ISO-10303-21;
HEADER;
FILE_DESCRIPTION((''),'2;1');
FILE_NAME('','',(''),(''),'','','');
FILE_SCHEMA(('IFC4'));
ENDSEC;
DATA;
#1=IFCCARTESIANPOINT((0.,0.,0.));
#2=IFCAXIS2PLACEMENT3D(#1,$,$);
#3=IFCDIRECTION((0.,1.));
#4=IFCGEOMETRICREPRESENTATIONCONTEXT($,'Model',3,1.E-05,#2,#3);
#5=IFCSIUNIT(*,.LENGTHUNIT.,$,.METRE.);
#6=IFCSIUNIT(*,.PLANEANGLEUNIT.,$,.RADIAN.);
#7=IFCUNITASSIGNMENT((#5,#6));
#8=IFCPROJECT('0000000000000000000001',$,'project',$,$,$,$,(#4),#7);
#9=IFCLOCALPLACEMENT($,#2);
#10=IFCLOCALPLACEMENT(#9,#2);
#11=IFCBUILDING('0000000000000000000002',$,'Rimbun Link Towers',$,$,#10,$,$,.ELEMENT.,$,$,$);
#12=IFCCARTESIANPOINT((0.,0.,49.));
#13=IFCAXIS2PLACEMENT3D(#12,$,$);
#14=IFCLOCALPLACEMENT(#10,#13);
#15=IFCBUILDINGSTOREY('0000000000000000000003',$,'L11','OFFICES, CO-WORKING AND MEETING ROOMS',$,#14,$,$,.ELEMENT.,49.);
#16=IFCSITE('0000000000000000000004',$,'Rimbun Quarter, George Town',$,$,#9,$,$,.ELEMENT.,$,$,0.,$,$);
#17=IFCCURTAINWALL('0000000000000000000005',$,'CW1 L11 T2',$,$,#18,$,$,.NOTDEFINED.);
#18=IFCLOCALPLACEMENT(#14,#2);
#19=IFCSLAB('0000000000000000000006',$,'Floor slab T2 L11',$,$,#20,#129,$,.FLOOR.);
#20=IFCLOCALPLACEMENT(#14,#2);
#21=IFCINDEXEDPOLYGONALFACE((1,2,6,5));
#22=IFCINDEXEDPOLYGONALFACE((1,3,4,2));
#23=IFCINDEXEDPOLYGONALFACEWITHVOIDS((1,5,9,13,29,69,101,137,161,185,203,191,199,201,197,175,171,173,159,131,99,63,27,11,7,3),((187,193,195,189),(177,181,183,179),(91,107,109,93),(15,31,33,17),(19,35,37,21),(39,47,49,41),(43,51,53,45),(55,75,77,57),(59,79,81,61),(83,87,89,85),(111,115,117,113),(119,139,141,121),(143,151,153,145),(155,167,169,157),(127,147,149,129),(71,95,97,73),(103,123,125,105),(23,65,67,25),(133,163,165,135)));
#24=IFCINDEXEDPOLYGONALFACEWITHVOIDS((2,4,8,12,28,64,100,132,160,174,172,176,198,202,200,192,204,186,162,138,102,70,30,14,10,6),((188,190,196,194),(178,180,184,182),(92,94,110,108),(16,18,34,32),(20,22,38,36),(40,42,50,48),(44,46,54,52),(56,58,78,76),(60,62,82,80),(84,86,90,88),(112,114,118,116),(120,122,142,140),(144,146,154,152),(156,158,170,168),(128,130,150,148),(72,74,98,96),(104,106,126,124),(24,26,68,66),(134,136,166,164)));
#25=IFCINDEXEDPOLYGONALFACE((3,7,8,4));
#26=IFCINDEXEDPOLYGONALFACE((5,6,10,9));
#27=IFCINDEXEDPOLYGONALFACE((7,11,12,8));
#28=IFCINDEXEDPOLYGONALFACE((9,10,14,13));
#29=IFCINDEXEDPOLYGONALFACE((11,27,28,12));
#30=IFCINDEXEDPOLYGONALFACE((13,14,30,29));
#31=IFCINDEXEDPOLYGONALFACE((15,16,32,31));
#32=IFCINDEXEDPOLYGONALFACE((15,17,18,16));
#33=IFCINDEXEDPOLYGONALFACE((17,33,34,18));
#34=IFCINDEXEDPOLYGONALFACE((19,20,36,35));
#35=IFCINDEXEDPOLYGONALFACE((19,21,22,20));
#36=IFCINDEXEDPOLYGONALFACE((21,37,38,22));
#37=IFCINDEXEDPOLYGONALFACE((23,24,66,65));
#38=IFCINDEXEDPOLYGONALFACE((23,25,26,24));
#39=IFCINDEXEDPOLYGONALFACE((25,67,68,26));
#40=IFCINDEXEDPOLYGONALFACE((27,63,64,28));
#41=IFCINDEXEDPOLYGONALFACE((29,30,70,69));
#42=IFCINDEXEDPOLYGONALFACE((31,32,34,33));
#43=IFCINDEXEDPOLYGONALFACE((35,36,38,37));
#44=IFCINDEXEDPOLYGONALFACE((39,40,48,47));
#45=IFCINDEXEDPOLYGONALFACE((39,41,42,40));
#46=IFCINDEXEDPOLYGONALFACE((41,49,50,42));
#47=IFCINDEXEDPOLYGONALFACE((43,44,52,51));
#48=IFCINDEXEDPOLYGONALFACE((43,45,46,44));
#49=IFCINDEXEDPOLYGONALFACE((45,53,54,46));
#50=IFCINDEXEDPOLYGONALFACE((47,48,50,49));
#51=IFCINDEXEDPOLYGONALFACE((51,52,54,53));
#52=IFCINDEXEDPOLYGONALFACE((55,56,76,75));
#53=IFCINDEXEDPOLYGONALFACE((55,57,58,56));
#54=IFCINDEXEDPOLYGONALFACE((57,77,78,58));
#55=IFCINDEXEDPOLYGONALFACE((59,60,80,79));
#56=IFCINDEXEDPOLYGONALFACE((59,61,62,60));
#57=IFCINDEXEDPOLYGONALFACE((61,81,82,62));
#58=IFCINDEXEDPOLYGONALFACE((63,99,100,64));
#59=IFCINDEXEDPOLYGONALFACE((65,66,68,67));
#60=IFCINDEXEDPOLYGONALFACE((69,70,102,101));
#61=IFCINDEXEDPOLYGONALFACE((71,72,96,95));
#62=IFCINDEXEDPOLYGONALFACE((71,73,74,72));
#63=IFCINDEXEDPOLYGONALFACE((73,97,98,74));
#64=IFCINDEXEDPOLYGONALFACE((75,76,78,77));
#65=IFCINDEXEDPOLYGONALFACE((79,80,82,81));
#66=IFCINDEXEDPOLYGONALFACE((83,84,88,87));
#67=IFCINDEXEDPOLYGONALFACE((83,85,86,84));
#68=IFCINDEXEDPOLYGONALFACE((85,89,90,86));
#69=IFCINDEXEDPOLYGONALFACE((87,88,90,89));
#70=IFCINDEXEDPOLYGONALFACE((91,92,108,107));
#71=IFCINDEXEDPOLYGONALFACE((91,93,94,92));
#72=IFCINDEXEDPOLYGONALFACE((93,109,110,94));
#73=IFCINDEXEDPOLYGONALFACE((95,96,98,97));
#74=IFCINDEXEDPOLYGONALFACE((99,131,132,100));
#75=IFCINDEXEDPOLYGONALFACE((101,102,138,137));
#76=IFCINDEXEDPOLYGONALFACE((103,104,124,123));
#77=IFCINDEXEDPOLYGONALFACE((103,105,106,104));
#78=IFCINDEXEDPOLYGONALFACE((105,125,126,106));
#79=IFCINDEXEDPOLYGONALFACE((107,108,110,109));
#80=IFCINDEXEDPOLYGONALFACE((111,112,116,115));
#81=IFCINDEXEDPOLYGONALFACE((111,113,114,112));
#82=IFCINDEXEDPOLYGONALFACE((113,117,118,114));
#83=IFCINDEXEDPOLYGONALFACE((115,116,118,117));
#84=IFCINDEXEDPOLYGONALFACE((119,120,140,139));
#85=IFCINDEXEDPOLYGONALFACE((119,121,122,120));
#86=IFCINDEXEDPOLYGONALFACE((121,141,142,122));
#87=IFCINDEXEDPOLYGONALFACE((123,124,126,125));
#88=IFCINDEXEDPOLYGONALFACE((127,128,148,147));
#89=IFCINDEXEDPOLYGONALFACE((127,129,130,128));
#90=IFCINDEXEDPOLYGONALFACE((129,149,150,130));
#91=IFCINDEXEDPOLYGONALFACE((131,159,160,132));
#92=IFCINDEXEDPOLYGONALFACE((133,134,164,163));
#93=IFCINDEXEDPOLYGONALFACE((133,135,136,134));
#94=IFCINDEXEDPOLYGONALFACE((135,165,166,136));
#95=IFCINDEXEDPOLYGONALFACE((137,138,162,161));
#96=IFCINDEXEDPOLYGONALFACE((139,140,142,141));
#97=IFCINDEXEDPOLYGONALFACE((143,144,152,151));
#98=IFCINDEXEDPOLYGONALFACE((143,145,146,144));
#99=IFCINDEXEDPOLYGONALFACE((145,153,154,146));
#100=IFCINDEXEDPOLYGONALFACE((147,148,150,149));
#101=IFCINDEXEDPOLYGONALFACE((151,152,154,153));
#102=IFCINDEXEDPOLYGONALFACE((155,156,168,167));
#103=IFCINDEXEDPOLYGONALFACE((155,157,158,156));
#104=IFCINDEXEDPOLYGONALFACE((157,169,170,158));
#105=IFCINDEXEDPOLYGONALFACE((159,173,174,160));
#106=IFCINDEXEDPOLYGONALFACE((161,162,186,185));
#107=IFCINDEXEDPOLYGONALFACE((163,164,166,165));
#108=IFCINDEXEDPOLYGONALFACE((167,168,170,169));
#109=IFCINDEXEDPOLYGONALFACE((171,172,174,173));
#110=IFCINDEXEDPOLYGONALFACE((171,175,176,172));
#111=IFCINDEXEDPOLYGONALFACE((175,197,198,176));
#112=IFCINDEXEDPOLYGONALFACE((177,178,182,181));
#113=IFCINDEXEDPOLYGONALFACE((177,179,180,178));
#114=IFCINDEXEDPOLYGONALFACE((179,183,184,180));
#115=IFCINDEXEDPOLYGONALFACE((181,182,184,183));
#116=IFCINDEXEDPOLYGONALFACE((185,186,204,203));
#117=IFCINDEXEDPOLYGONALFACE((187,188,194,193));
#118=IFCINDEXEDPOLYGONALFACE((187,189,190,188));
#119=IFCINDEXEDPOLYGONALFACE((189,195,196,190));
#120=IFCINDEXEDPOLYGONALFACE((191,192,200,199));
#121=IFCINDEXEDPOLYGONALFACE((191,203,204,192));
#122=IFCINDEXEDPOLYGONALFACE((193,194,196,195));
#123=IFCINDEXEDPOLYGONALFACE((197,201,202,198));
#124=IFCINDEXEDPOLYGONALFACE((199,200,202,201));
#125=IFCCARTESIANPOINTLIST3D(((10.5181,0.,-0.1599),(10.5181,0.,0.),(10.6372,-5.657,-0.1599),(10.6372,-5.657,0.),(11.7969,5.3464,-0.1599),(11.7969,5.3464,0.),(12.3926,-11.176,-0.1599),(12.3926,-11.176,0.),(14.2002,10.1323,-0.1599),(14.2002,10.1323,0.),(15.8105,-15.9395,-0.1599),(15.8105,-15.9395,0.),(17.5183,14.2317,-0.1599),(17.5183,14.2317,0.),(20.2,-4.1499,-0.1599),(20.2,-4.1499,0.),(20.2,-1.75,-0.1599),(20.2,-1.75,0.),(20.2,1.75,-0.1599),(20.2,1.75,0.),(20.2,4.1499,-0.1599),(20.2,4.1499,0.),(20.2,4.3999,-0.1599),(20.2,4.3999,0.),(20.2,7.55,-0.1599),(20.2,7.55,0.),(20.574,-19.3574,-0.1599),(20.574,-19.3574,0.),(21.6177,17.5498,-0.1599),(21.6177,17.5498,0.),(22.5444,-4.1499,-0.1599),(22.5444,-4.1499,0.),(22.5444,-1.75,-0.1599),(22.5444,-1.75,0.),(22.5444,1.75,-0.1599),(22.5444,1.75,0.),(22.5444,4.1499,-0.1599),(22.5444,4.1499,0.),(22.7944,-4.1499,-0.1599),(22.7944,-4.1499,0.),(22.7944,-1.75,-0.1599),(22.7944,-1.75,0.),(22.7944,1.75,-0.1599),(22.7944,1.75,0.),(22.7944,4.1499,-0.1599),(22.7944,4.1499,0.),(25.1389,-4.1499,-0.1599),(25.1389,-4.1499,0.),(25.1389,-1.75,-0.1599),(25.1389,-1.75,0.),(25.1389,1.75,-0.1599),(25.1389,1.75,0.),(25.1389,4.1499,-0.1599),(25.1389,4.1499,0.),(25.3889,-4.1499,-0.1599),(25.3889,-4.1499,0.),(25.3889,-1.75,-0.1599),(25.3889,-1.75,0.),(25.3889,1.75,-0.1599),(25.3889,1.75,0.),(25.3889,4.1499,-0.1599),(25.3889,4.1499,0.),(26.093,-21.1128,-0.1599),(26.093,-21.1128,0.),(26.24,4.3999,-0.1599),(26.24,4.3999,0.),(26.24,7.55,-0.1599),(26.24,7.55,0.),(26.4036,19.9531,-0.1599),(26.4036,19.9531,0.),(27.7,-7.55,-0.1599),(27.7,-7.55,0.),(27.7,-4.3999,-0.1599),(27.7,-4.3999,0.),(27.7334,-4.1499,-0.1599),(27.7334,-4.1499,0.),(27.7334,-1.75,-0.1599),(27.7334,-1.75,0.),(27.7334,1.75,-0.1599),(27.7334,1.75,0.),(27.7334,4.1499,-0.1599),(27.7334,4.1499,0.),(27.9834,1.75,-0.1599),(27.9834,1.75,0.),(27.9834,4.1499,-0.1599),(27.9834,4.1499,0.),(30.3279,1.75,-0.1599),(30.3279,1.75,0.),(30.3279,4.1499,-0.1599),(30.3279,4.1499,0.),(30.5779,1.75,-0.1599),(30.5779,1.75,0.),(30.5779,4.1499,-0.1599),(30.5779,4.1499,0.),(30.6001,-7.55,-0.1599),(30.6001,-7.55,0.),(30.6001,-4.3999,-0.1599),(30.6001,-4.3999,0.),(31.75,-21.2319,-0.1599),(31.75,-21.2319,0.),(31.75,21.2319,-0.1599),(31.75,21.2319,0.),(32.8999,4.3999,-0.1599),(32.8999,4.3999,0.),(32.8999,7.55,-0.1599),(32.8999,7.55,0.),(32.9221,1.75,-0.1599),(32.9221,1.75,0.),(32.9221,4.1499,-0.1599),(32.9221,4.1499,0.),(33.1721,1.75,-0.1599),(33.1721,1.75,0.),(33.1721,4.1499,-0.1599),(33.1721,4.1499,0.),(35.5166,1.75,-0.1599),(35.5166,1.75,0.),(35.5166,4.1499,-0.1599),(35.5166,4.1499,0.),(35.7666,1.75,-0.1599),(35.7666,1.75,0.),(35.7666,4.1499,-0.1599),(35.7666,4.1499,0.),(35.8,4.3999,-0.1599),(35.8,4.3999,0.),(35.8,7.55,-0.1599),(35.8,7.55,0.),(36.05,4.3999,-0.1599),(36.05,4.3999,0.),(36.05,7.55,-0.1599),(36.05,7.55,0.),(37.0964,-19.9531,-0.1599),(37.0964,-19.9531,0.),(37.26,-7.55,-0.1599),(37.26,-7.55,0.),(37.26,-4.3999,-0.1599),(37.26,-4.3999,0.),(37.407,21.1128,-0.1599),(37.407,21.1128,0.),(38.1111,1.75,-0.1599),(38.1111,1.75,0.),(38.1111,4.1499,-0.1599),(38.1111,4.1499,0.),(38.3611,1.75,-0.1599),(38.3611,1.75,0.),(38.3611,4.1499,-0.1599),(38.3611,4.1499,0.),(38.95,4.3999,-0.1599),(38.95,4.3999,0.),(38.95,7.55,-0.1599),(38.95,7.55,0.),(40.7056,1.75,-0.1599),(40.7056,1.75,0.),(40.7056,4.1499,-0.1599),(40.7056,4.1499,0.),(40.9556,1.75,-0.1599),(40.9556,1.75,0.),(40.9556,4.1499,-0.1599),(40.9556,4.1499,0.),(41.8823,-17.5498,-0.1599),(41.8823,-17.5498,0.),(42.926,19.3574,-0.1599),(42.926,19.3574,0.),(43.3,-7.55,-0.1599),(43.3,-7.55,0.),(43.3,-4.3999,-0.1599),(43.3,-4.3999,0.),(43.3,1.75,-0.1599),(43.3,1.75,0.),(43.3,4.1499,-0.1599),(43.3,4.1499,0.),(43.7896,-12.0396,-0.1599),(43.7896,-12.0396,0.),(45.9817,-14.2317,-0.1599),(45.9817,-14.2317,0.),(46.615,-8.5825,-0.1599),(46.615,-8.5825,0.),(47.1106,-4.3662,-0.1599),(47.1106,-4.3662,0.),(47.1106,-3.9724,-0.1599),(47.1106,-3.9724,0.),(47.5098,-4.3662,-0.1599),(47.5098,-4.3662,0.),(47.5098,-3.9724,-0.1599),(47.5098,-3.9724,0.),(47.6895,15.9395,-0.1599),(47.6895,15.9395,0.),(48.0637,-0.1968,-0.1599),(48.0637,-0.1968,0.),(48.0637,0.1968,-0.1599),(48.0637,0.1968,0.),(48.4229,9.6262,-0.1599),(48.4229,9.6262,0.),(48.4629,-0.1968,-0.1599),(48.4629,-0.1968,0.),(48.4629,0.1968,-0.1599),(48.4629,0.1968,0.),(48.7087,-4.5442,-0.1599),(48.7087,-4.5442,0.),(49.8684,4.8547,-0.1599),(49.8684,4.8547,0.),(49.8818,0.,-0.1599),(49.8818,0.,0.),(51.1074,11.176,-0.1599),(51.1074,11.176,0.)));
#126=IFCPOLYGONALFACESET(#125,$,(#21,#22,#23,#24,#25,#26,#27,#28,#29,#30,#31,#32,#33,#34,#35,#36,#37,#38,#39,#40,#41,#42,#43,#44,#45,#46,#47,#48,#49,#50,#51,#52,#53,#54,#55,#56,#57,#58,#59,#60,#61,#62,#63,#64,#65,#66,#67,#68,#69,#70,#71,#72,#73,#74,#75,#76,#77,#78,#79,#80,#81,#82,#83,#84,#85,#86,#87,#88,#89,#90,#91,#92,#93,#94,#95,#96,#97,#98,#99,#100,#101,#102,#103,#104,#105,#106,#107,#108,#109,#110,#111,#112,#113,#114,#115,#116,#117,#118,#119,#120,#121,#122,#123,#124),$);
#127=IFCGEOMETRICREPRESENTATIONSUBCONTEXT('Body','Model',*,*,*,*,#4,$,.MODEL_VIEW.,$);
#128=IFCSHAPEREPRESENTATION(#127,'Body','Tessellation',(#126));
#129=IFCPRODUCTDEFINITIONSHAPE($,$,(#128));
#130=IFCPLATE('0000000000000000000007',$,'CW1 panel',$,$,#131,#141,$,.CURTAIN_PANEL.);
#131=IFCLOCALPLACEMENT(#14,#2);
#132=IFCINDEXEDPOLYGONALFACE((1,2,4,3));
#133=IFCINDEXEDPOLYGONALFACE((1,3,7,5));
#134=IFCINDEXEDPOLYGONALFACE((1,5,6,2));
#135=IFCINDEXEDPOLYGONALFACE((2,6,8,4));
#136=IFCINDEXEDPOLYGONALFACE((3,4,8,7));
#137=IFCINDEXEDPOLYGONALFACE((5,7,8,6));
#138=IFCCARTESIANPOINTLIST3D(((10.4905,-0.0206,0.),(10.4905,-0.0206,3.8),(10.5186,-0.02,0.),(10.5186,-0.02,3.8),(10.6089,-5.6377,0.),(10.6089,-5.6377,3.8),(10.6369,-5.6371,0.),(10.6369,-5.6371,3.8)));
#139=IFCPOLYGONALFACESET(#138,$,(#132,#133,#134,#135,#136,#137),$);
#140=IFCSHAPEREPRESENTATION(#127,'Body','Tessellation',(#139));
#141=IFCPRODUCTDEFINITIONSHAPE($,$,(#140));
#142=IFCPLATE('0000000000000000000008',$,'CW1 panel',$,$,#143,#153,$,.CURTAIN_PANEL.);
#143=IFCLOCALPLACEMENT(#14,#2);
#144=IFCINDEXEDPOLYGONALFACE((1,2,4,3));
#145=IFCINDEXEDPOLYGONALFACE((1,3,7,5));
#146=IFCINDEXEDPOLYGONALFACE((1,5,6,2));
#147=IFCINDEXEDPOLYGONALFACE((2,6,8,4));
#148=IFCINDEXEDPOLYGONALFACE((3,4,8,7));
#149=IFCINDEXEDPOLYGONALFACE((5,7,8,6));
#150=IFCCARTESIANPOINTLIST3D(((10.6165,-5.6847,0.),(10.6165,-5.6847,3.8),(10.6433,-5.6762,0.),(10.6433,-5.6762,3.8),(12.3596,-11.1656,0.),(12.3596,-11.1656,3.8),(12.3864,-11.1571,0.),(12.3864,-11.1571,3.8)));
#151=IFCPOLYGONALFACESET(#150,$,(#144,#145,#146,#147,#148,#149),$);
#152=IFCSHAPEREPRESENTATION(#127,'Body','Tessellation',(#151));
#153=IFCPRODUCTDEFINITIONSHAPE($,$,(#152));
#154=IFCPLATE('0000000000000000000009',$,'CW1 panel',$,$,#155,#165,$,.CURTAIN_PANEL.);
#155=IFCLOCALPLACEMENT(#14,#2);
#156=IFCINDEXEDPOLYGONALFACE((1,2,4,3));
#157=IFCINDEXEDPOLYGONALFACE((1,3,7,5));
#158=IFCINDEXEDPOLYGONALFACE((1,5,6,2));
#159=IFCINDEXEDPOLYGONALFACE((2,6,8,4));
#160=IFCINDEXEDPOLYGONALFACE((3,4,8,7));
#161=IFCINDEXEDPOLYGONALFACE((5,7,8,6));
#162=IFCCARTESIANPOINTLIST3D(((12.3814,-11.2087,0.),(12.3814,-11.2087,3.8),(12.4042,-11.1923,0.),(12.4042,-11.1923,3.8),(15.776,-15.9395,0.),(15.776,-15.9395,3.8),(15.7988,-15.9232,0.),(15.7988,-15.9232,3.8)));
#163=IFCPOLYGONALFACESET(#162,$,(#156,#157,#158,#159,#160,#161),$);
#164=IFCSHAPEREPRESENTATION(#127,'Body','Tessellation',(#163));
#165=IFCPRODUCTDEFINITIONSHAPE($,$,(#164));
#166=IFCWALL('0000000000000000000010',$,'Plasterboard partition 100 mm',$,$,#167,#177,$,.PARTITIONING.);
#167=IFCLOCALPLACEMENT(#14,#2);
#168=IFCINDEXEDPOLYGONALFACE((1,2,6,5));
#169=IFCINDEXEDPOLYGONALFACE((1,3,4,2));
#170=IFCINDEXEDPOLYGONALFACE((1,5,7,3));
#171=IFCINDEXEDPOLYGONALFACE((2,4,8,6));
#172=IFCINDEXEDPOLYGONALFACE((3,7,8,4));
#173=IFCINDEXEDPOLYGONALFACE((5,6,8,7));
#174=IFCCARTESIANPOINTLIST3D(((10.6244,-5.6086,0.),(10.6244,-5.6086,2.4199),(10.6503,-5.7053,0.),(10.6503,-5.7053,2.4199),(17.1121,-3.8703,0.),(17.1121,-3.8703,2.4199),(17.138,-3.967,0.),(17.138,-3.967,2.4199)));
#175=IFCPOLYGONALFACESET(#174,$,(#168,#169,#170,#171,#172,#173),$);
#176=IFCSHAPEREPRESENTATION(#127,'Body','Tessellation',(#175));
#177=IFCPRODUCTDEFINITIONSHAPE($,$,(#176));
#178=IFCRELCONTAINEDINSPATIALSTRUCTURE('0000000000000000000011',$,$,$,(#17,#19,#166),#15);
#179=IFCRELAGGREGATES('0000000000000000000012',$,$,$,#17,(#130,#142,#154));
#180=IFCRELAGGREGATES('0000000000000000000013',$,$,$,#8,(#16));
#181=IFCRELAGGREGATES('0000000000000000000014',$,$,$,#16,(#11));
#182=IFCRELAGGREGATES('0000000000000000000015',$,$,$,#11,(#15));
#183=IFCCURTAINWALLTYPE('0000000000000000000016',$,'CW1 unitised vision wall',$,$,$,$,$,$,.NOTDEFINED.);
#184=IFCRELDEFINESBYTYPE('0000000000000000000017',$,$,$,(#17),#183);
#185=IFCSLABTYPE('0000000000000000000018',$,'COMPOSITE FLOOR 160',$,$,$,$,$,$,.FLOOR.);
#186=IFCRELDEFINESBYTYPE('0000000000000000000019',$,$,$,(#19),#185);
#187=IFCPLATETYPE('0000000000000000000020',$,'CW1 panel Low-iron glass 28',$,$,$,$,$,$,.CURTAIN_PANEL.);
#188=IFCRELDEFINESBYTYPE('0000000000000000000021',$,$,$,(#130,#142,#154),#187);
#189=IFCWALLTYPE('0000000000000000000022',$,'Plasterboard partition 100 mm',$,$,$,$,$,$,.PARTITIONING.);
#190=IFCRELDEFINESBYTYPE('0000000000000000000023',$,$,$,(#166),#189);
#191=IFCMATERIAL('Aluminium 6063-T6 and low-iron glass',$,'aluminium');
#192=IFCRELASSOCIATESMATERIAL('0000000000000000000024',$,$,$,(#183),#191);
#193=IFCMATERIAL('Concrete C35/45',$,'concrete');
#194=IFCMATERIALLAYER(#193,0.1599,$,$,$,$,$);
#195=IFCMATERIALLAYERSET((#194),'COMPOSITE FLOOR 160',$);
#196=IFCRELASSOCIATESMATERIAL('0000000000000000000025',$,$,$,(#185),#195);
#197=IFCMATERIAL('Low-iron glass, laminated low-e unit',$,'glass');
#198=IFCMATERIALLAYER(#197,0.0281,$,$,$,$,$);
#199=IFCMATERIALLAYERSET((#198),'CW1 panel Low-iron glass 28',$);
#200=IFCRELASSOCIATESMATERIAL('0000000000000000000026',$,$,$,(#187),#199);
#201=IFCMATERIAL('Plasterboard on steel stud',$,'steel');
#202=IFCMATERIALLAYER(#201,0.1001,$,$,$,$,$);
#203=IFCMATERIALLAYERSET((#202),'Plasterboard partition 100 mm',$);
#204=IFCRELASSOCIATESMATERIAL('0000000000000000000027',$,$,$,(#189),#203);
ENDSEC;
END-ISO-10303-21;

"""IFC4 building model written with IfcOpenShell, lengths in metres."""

from ifc_helpers import new_model, si_unit, direction, frame, frame_2d, origin, origin_2d, place, context, subcontext, project, spatial, polyline, rectangle, outline, extrude, material, layer, layer_set, type_object, element, aggregate, save


model = new_model("IFC4")

# Units and contexts
model_context = context("Model", 3, precision=1e-05, world=origin(), true_north=direction((0.0, 1.0)))
body_context = subcontext(model_context, "Body", "Model", "MODEL_VIEW")
ifc_project = project(units=[si_unit("LENGTHUNIT", "METRE"), si_unit("PLANEANGLEUNIT", "RADIAN")], contexts=[model_context])

# Site, building, storey
site_placement = place(None, origin())
site = spatial("IfcSite", under=ifc_project, at=site_placement, Name="Rimbun Quarter, George Town", CompositionType="ELEMENT", RefElevation=0.0)
building_placement = place(site_placement, origin())
building = spatial("IfcBuilding", under=site, at=building_placement, Name="Rimbun Link Towers", CompositionType="ELEMENT")
storey_placement = place(building_placement, frame((0.0, 0.0, 49.0)))
storey = spatial("IfcBuildingStorey", under=building, at=storey_placement, Name="L11", Description="OFFICES, CO-WORKING AND MEETING ROOMS", CompositionType="ELEMENT", Elevation=49.0)

# Curtain wall
ifc_material_1 = material(Name="Aluminium 6063-T6 and low-iron glass", Category="aluminium")
curtain_wall_type = type_object("IfcCurtainWallType", Name="CW1 unitised vision wall", PredefinedType="NOTDEFINED", material=ifc_material_1)
curtain_wall_placement = place(storey_placement, origin())
curtain_wall = element("IfcCurtainWall", 1, at=curtain_wall_placement, inside=storey, type_object=curtain_wall_type, Name="CW1 L11 T2", PredefinedType="NOTDEFINED")

# Slab
ifc_material_2 = material(Name="Concrete C35/45", Category="concrete")
ifc_layer_1 = layer(ifc_material_2, 0.1599)
ifc_layer_set_1 = layer_set([ifc_layer_1], Name="COMPOSITE FLOOR 160")
slab_type = type_object("IfcSlabType", Name="COMPOSITE FLOOR 160", PredefinedType="FLOOR", material=ifc_layer_set_1)
slab_placement = place(storey_placement, frame((0.0, 0.0, -0.1599)))
element("IfcSlab", 2, at=slab_placement, inside=storey, type_object=slab_type, Name="Floor slab T2 L11", PredefinedType="FLOOR", context=body_context, shape_type="SweptSolid", body=[
    extrude(outline(polyline([(41.8823, -17.5498), (37.0964, -19.9531), (31.75, -21.2319), (26.093, -21.1128), (20.574, -19.3574), (15.8105, -15.9395), (12.3926, -11.176), (10.6372, -5.657), (10.5181, 0.0), (11.7969, 5.3464), (14.2002, 10.1323), (17.5183, 14.2317), (21.6177, 17.5498), (26.4036, 19.9531), (31.75, 21.2319), (37.407, 21.1128), (42.926, 19.3574), (47.6895, 15.9395), (51.1074, 11.176), (48.4229, 9.6262), (49.8684, 4.8547), (49.8818, 0.0), (48.7087, -4.5442), (46.615, -8.5825), (43.7896, -12.0396), (45.9817, -14.2317), (41.8823, -17.5498)]), holes=[polyline([(30.6001, -7.55), (30.6001, -4.3999), (27.7, -4.3999), (27.7, -7.55), (30.6001, -7.55)]), polyline([(22.5444, -4.1499), (22.5444, -1.75), (20.2, -1.75), (20.2, -4.1499), (22.5444, -4.1499)]), polyline([(25.1389, -4.1499), (25.1389, -1.75), (22.7944, -1.75), (22.7944, -4.1499), (25.1389, -4.1499)]), polyline([(27.7334, -4.1499), (27.7334, -1.75), (25.3889, -1.75), (25.3889, -4.1499), (27.7334, -4.1499)]), polyline([(22.5444, 1.75), (22.5444, 4.1499), (20.2, 4.1499), (20.2, 1.75), (22.5444, 1.75)]), polyline([(25.1389, 1.75), (25.1389, 4.1499), (22.7944, 4.1499), (22.7944, 1.75), (25.1389, 1.75)]), polyline([(27.7334, 1.75), (27.7334, 4.1499), (25.3889, 4.1499), (25.3889, 1.75), (27.7334, 1.75)]), polyline([(27.9834, 1.75), (30.3279, 1.75), (30.3279, 4.1499), (27.9834, 4.1499), (27.9834, 1.75)]), polyline([(30.5779, 1.75), (32.9221, 1.75), (32.9221, 4.1499), (30.5779, 4.1499), (30.5779, 1.75)]), polyline([(26.24, 4.3999), (26.24, 7.55), (20.2, 7.55), (20.2, 4.3999), (26.24, 4.3999)]), polyline([(43.3, -7.55), (43.3, -4.3999), (37.26, -4.3999), (37.26, -7.55), (43.3, -7.55)]), polyline([(47.5098, -4.3662), (47.5098, -3.9724), (47.1106, -3.9724), (47.1106, -4.3662), (47.5098, -4.3662)]), polyline([(48.0637, -0.1968), (48.4629, -0.1968), (48.4629, 0.1968), (48.0637, 0.1968), (48.0637, -0.1968)]), polyline([(33.1721, 1.75), (35.5166, 1.75), (35.5166, 4.1499), (33.1721, 4.1499), (33.1721, 1.75)]), polyline([(38.1111, 1.75), (38.1111, 4.1499), (35.7666, 4.1499), (35.7666, 1.75), (38.1111, 1.75)]), polyline([(40.7056, 1.75), (40.7056, 4.1499), (38.3611, 4.1499), (38.3611, 1.75), (40.7056, 1.75)]), polyline([(43.3, 1.75), (43.3, 4.1499), (40.9556, 4.1499), (40.9556, 1.75), (43.3, 1.75)]), polyline([(32.8999, 4.3999), (35.8, 4.3999), (35.8, 7.55), (32.8999, 7.55), (32.8999, 4.3999)]), polyline([(36.05, 4.3999), (38.95, 4.3999), (38.95, 7.55), (36.05, 7.55), (36.05, 4.3999)])]), origin(), (0.0, 0.0, 1.0), 0.1599),
])

# Plates
ifc_material_3 = material(Name="Low-iron glass, laminated low-e unit", Category="glass")
ifc_layer_2 = layer(ifc_material_3, 0.0281)
ifc_layer_set_2 = layer_set([ifc_layer_2], Name="CW1 panel Low-iron glass 28")
plate_type = type_object("IfcPlateType", Name="CW1 panel Low-iron glass 28", PredefinedType="CURTAIN_PANEL", material=ifc_layer_set_2)
plate_1_placement = place(storey_placement, frame((10.5637, -2.8289, 0.0), z_axis=(0.0, 0.0, 1.0), x_axis=(-0.021066, 0.999778, 0.0)))
plate_1 = element("IfcPlate", 3, at=plate_1_placement, type_object=plate_type, Name="CW1 panel", PredefinedType="CURTAIN_PANEL", context=body_context, shape_type="SweptSolid", body=[
    extrude(rectangle(XDim=5.6184, YDim=0.0281, at=origin_2d()), origin(), (0.0, 0.0, 1.0), 3.8),
])
plate_2_placement = place(storey_placement, frame((11.5015, -8.4209, 0.0), z_axis=(0.0, 0.0, 1.0), x_axis=(-0.303071, 0.952968, 0.0)))
plate_2 = element("IfcPlate", 4, at=plate_2_placement, type_object=plate_type, Name="CW1 panel", PredefinedType="CURTAIN_PANEL", context=body_context, shape_type="SweptSolid", body=[
    extrude(rectangle(XDim=5.7515, YDim=0.0281, at=origin_2d()), origin(), (0.0, 0.0, 1.0), 3.8),
])
plate_3_placement = place(storey_placement, frame((14.0901, -13.5659, 0.0), z_axis=(0.0, 0.0, 1.0), x_axis=(-0.582996, 0.812475, 0.0)))
plate_3 = element("IfcPlate", 5, at=plate_3_placement, type_object=plate_type, Name="CW1 panel", PredefinedType="CURTAIN_PANEL", context=body_context, shape_type="SweptSolid", body=[
    extrude(rectangle(XDim=5.8228, YDim=0.0281, at=origin_2d()), origin(), (0.0, 0.0, 1.0), 3.8),
])
aggregate(curtain_wall, [plate_1, plate_2, plate_3])

# Wall
ifc_material_4 = material(Name="Plasterboard on steel stud", Category="steel")
ifc_layer_3 = layer(ifc_material_4, 0.1001)
ifc_layer_set_3 = layer_set([ifc_layer_3], Name="Plasterboard partition 100 mm")
wall_type = type_object("IfcWallType", Name="Plasterboard partition 100 mm", PredefinedType="PARTITIONING", material=ifc_layer_set_3)
wall_1_placement = place(storey_placement, frame((10.6372, -5.657, 0.0), z_axis=(0.0, 0.0, 1.0), x_axis=(0.96593, 0.258803, 0.0)))
element("IfcWall", 6, at=wall_1_placement, inside=storey, type_object=wall_type, Name="Plasterboard partition 100 mm", PredefinedType="PARTITIONING", context=body_context, shape_type="SweptSolid", body=[
    extrude(rectangle(XDim=6.7166, YDim=0.1001, at=frame_2d((3.3584, 0.0))), origin(), (0.0, 0.0, 1.0), 2.4199),
])

save(model, "model.ifc")
